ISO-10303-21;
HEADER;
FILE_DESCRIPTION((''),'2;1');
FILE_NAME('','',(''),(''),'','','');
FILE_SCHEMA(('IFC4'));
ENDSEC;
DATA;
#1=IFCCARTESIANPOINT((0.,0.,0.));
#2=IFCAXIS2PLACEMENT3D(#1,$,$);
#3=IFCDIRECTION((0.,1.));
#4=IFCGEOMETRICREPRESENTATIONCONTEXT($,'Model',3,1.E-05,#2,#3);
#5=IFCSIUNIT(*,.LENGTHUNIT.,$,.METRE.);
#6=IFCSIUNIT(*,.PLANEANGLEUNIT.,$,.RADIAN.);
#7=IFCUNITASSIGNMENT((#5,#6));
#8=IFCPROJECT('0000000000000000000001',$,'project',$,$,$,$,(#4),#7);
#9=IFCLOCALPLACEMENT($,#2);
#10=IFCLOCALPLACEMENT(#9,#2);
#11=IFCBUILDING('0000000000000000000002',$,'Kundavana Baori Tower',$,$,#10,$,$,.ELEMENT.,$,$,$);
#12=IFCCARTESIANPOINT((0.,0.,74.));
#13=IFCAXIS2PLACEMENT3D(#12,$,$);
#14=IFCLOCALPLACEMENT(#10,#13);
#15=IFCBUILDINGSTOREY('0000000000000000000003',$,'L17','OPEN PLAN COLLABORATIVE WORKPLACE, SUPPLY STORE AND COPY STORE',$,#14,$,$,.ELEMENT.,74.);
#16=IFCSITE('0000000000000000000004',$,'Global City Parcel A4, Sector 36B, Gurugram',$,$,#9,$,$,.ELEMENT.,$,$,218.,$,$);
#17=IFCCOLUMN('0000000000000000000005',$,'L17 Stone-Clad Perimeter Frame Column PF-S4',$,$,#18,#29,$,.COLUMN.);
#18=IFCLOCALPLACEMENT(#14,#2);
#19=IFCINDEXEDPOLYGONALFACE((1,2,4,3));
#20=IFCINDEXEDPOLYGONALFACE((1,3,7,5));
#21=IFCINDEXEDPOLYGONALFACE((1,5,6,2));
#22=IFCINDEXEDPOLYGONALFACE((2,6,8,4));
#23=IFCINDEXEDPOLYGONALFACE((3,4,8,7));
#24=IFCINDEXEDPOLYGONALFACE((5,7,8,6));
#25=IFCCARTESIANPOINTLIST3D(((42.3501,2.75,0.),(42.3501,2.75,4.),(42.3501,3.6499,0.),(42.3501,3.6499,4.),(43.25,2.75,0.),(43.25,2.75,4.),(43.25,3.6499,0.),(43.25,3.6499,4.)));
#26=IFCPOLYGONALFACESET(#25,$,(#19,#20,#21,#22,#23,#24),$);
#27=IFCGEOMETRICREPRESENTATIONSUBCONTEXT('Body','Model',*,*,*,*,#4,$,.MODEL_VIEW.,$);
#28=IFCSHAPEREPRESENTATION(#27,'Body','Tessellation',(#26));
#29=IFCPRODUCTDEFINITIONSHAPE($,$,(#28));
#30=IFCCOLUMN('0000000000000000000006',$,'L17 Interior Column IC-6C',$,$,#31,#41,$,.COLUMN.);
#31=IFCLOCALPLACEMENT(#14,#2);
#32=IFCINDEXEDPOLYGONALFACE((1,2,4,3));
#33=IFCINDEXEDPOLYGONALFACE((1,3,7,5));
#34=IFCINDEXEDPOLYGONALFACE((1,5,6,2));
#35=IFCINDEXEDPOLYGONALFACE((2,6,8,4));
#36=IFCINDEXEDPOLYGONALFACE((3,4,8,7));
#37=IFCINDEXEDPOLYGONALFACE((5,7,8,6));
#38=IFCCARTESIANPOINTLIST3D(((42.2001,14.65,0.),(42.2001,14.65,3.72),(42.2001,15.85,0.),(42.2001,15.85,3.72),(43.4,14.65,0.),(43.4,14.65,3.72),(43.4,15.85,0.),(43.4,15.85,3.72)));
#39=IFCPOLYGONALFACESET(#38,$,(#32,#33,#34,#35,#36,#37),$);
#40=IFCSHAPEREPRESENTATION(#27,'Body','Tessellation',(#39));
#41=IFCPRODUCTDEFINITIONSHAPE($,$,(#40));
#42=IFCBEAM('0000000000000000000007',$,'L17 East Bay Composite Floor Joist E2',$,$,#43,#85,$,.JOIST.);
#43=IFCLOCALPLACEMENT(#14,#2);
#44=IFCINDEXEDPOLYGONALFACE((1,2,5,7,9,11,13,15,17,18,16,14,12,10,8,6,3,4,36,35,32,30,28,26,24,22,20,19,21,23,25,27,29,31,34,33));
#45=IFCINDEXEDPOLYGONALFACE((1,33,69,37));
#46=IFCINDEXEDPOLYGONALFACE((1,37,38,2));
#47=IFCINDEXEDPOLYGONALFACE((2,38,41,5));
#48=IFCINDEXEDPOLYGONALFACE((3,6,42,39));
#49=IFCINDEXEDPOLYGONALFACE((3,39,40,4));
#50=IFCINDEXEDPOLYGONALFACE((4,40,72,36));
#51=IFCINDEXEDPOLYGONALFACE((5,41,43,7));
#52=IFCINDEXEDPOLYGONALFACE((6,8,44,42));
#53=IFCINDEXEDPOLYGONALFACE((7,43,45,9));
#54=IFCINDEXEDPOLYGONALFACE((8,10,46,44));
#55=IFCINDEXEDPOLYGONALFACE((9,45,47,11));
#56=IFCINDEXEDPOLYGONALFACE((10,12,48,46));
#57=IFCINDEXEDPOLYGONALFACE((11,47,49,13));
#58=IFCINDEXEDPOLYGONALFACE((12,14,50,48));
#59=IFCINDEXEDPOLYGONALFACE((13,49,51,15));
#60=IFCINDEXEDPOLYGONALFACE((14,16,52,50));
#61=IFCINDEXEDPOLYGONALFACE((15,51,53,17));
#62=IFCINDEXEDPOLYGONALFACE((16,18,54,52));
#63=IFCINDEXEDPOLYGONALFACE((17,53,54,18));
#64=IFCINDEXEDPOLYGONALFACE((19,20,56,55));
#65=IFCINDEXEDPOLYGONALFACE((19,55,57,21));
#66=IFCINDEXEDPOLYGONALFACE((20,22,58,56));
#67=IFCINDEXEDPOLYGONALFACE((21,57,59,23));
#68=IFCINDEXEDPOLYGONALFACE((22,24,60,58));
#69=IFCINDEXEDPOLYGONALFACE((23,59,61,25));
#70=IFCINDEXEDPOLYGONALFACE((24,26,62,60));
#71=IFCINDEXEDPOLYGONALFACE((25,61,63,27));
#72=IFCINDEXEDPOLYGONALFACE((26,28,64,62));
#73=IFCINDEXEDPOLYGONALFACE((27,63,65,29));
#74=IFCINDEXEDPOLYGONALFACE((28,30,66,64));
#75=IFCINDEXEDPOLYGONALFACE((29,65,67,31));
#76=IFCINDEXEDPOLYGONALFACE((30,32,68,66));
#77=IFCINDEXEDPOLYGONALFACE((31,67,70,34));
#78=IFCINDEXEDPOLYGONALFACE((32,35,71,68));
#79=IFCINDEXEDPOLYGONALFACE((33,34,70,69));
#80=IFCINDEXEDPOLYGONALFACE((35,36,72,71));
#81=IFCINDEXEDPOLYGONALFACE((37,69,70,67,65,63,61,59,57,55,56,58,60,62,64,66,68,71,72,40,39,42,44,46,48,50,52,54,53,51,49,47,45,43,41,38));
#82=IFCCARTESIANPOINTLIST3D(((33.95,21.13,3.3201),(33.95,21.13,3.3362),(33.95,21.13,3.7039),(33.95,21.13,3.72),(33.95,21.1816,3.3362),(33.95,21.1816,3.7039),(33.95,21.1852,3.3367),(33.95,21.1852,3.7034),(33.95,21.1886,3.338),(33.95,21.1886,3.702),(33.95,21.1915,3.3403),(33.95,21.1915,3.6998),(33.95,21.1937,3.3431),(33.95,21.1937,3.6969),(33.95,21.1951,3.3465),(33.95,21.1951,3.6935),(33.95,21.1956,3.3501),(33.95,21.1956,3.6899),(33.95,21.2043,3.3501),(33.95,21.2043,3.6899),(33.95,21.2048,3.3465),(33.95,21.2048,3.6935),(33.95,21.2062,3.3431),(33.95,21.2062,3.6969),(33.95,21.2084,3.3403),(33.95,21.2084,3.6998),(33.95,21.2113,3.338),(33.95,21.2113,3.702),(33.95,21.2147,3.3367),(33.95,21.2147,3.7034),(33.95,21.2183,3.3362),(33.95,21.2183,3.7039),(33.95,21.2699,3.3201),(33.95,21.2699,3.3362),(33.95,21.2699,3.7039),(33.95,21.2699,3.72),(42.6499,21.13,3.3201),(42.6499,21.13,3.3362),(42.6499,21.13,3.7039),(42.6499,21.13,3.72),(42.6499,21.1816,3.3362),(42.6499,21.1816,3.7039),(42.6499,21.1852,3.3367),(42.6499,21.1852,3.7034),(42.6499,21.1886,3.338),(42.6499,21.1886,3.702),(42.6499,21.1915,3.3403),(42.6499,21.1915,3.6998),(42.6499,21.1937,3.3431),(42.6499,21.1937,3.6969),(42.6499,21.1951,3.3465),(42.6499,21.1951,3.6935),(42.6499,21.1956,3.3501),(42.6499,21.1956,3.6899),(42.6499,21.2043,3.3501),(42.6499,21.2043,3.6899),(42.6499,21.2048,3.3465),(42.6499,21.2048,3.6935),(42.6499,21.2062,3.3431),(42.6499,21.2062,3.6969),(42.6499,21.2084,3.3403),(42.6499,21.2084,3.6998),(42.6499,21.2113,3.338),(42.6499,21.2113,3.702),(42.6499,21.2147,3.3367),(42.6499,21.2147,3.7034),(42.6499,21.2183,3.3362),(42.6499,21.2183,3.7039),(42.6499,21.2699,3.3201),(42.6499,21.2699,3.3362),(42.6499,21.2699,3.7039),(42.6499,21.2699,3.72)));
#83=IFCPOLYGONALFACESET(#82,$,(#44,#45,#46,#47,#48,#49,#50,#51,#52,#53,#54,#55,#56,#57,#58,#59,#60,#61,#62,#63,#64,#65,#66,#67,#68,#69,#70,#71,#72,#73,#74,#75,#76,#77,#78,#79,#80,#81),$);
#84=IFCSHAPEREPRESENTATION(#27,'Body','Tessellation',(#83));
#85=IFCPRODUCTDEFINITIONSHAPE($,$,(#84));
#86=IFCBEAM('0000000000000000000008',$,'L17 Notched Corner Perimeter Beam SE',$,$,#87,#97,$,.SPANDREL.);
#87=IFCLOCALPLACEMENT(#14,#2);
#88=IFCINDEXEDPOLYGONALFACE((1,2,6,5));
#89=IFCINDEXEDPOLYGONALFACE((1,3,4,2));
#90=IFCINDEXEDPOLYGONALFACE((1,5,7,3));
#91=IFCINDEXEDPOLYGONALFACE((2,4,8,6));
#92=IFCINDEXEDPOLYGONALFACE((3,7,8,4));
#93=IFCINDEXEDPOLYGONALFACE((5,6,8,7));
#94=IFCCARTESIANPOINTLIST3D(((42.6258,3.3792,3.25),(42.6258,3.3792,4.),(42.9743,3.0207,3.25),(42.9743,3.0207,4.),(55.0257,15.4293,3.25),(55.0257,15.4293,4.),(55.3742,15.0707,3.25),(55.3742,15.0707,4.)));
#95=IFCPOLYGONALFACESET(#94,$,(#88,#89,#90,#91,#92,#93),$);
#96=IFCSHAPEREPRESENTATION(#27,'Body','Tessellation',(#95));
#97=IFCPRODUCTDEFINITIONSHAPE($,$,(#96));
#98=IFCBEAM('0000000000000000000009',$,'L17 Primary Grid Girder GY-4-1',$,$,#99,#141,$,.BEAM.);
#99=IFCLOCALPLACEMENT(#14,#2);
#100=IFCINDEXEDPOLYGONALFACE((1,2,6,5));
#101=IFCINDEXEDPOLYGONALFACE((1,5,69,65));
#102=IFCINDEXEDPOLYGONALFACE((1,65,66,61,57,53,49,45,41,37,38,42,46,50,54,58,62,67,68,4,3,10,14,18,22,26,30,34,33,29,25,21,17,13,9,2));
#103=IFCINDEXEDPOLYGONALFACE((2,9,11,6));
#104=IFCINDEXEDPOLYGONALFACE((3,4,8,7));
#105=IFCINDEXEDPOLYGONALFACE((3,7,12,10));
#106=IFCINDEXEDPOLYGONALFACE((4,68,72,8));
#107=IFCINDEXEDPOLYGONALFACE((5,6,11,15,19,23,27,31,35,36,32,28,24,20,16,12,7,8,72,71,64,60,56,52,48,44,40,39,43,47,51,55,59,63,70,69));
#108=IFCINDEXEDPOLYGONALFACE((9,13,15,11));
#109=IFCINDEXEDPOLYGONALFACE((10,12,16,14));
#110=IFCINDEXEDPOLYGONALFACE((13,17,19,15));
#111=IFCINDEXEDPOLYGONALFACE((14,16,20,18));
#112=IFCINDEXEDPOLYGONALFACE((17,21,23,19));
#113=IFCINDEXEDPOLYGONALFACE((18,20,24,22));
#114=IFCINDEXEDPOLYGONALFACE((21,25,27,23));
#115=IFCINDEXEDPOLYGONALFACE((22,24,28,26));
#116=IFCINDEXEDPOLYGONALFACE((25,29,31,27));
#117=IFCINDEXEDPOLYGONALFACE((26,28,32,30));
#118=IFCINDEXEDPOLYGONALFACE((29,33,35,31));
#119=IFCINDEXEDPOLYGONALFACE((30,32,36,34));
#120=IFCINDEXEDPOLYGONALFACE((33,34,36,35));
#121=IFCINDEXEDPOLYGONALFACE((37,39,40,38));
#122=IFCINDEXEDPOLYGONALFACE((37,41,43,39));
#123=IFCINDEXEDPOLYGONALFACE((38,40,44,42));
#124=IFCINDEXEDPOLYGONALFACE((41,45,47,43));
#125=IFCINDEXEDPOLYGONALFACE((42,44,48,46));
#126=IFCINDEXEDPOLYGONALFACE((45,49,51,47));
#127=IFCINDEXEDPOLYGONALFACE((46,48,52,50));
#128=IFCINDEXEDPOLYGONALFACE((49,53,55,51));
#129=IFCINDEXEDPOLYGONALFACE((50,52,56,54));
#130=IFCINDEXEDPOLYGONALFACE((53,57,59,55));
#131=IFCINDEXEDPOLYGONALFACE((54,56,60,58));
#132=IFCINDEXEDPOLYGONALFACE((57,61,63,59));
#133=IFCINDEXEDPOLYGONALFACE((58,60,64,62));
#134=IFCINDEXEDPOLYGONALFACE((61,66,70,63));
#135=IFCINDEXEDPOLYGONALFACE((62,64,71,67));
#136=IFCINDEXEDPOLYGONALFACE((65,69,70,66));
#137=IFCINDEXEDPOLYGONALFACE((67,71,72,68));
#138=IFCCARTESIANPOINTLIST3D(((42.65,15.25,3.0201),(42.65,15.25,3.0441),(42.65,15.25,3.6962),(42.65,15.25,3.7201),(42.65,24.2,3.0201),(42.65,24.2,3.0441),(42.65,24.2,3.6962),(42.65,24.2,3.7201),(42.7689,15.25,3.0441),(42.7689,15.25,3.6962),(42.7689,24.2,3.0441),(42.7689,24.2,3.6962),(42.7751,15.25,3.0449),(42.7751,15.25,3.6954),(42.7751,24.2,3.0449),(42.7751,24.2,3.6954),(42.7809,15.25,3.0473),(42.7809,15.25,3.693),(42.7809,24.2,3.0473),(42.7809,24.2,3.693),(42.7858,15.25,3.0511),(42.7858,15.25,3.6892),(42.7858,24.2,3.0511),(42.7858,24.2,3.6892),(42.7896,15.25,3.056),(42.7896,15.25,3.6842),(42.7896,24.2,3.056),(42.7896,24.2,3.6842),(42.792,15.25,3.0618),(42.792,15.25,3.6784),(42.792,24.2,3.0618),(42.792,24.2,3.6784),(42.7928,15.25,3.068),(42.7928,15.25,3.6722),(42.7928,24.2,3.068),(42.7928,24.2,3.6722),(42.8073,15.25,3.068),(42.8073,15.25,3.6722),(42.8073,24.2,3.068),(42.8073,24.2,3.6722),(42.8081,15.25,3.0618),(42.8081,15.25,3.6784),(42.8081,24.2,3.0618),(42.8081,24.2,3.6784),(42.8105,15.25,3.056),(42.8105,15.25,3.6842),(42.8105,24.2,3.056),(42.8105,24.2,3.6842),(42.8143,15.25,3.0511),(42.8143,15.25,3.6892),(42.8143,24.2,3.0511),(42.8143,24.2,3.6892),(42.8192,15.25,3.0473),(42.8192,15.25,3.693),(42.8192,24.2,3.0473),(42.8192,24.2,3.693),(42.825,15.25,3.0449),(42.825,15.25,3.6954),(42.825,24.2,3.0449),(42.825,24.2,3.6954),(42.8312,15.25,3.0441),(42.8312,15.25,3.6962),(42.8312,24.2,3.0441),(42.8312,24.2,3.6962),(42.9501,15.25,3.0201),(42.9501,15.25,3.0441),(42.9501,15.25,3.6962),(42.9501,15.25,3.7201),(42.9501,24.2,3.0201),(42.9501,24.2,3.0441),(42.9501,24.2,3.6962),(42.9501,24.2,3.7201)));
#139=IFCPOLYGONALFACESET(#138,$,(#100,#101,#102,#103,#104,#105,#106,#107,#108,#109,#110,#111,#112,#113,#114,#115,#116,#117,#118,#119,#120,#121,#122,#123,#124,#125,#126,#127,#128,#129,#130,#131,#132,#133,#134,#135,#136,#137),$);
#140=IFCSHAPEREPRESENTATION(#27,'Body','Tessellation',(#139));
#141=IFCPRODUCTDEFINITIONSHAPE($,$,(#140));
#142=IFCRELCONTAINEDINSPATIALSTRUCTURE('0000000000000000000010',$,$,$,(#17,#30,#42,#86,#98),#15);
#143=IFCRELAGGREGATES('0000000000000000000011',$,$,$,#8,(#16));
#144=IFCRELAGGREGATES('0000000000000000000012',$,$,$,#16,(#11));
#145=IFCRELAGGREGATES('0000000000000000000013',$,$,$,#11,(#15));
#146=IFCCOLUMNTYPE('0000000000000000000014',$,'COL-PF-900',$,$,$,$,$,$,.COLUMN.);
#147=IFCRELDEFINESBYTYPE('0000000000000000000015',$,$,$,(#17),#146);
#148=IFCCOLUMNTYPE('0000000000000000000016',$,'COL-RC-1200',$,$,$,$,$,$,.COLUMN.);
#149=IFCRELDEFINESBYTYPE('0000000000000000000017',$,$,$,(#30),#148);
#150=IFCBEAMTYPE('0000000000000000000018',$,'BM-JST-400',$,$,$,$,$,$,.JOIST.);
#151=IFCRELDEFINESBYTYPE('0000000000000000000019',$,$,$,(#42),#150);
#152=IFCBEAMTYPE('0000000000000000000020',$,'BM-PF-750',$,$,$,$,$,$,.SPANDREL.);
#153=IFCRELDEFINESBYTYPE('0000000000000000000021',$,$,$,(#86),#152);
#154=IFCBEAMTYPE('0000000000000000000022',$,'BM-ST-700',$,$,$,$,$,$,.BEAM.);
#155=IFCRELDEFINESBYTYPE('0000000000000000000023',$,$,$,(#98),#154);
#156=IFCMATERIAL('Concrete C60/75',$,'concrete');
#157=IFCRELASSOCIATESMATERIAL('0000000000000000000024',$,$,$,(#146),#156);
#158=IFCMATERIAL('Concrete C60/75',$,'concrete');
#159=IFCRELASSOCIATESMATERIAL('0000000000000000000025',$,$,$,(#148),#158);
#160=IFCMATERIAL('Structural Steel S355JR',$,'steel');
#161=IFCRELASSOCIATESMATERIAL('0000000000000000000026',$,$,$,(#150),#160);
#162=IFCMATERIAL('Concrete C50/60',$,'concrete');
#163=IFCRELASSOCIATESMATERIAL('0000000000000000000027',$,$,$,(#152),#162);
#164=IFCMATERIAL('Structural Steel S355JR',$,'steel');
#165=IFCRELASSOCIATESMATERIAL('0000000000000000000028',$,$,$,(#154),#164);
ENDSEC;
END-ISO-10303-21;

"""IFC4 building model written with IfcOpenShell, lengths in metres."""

from ifc_helpers import new_model, si_unit, direction, frame, origin, origin_2d, place, context, subcontext, project, spatial, rectangle, i_section, extrude, material, material_profile, profile_set, type_object, element, save


model = new_model("IFC4")

# Units and contexts
model_context = context("Model", 3, precision=1e-05, world=origin(), true_north=direction((0.0, 1.0)))
body_context = subcontext(model_context, "Body", "Model", "MODEL_VIEW")
ifc_project = project(units=[si_unit("LENGTHUNIT", "METRE"), si_unit("PLANEANGLEUNIT", "RADIAN")], contexts=[model_context])

# Site, building, storey
site_placement = place(None, origin())
site = spatial("IfcSite", under=ifc_project, at=site_placement, Name="Global City Parcel A4, Sector 36B, Gurugram", CompositionType="ELEMENT", RefElevation=218.0)
building_placement = place(site_placement, origin())
building = spatial("IfcBuilding", under=site, at=building_placement, Name="Kundavana Baori Tower", CompositionType="ELEMENT")
storey_placement = place(building_placement, frame((0.0, 0.0, 74.0)))
storey = spatial("IfcBuildingStorey", under=building, at=storey_placement, Name="L17", Description="OPEN PLAN COLLABORATIVE WORKPLACE, SUPPLY STORE AND COPY STORE", CompositionType="ELEMENT", Elevation=74.0)

# Columns
ifc_material_1 = material(Name="Concrete C60/75", Category="concrete")
ifc_material_profile_1 = material_profile(ifc_material_1, rectangle(XDim=0.8999, YDim=0.8999, at=origin_2d()), Name="RC PF 900x900")
ifc_profile_set_1 = profile_set([ifc_material_profile_1], Name="Concrete C60/75")
column_type_1 = type_object("IfcColumnType", Name="COL-PF-900", PredefinedType="COLUMN", material=ifc_profile_set_1)
column_1_placement = place(storey_placement, frame((42.8, 3.2, 0.0), z_axis=(0.0, 0.0, 1.0), x_axis=(1.0, 0.0, 0.0)))
element("IfcColumn", 1, at=column_1_placement, inside=storey, type_object=column_type_1, Name="L17 Stone-Clad Perimeter Frame Column PF-S4", PredefinedType="COLUMN", context=body_context, shape_type="SweptSolid", body=[
    extrude(rectangle(XDim=0.8999, YDim=0.8999, at=origin_2d()), origin(), (0.0, 0.0, 1.0), 4.0),
])
ifc_material_2 = material(Name="Concrete C60/75", Category="concrete")
ifc_material_profile_2 = material_profile(ifc_material_2, rectangle(XDim=1.2, YDim=1.2, at=origin_2d()), Name="RC 1200x1200")
ifc_profile_set_2 = profile_set([ifc_material_profile_2], Name="Concrete C60/75")
column_type_2 = type_object("IfcColumnType", Name="COL-RC-1200", PredefinedType="COLUMN", material=ifc_profile_set_2)
column_2_placement = place(storey_placement, frame((42.8, 15.25, 0.0), z_axis=(0.0, 0.0, 1.0), x_axis=(1.0, 0.0, 0.0)))
element("IfcColumn", 2, at=column_2_placement, inside=storey, type_object=column_type_2, Name="L17 Interior Column IC-6C", PredefinedType="COLUMN", context=body_context, shape_type="SweptSolid", body=[
    extrude(rectangle(XDim=1.2, YDim=1.2, at=origin_2d()), origin(), (0.0, 0.0, 1.0), 3.72),
])

# Beams
ifc_material_3 = material(Name="Structural Steel S355JR", Category="steel")
ifc_material_profile_3 = material_profile(ifc_material_3, i_section(OverallWidth=0.1399, OverallDepth=0.3999, WebThickness=0.0088, FlangeThickness=0.0161, FilletRadius=0.0139, at=origin_2d()), Name="ISMB 400")
ifc_profile_set_3 = profile_set([ifc_material_profile_3], Name="Structural Steel S355JR")
beam_type_1 = type_object("IfcBeamType", Name="BM-JST-400", PredefinedType="JOIST", material=ifc_profile_set_3)
beam_1_placement = place(storey_placement, frame((33.95, 21.2, 3.52), z_axis=(1.0, 0.0, 0.0), x_axis=(0.0, 1.0, 0.0)))
element("IfcBeam", 3, at=beam_1_placement, inside=storey, type_object=beam_type_1, Name="L17 East Bay Composite Floor Joist E2", PredefinedType="JOIST", context=body_context, shape_type="SweptSolid", body=[
    extrude(i_section(OverallWidth=0.1399, OverallDepth=0.3999, WebThickness=0.0088, FlangeThickness=0.0161, FilletRadius=0.0139, at=origin_2d()), origin(), (0.0, 0.0, 1.0), 8.7),
])
ifc_material_4 = material(Name="Concrete C50/60", Category="concrete")
ifc_material_profile_4 = material_profile(ifc_material_4, rectangle(XDim=0.5, YDim=0.75, at=origin_2d()), Name="RC BM 500x750")
ifc_profile_set_4 = profile_set([ifc_material_profile_4], Name="Concrete C50/60")
beam_type_2 = type_object("IfcBeamType", Name="BM-PF-750", PredefinedType="SPANDREL", material=ifc_profile_set_4)
beam_2_placement = place(storey_placement, frame((42.8, 3.2, 3.625), z_axis=(0.717151, 0.696917, 0.0), x_axis=(-0.696917, 0.717151, 0.0)))
element("IfcBeam", 4, at=beam_2_placement, inside=storey, type_object=beam_type_2, Name="L17 Notched Corner Perimeter Beam SE", PredefinedType="SPANDREL", context=body_context, shape_type="SweptSolid", body=[
    extrude(rectangle(XDim=0.5, YDim=0.75, at=origin_2d()), origin(), (0.0, 0.0, 1.0), 17.2905),
])
ifc_material_5 = material(Name="Structural Steel S355JR", Category="steel")
ifc_material_profile_5 = material_profile(ifc_material_5, i_section(OverallWidth=0.3, OverallDepth=0.7, WebThickness=0.0144, FlangeThickness=0.0239, FilletRadius=0.0239, at=origin_2d()), Name="NPB 700x300x170")
ifc_profile_set_5 = profile_set([ifc_material_profile_5], Name="Structural Steel S355JR")
beam_type_3 = type_object("IfcBeamType", Name="BM-ST-700", PredefinedType="BEAM", material=ifc_profile_set_5)
beam_3_placement = place(storey_placement, frame((42.8, 15.25, 3.3701), z_axis=(0.0, 1.0, 0.0), x_axis=(-1.0, 0.0, 0.0)))
element("IfcBeam", 5, at=beam_3_placement, inside=storey, type_object=beam_type_3, Name="L17 Primary Grid Girder GY-4-1", PredefinedType="BEAM", context=body_context, shape_type="SweptSolid", body=[
    extrude(i_section(OverallWidth=0.3, OverallDepth=0.7, WebThickness=0.0144, FlangeThickness=0.0239, FilletRadius=0.0239, at=origin_2d()), origin(), (0.0, 0.0, 1.0), 8.95),
])

save(model, "model.ifc")
